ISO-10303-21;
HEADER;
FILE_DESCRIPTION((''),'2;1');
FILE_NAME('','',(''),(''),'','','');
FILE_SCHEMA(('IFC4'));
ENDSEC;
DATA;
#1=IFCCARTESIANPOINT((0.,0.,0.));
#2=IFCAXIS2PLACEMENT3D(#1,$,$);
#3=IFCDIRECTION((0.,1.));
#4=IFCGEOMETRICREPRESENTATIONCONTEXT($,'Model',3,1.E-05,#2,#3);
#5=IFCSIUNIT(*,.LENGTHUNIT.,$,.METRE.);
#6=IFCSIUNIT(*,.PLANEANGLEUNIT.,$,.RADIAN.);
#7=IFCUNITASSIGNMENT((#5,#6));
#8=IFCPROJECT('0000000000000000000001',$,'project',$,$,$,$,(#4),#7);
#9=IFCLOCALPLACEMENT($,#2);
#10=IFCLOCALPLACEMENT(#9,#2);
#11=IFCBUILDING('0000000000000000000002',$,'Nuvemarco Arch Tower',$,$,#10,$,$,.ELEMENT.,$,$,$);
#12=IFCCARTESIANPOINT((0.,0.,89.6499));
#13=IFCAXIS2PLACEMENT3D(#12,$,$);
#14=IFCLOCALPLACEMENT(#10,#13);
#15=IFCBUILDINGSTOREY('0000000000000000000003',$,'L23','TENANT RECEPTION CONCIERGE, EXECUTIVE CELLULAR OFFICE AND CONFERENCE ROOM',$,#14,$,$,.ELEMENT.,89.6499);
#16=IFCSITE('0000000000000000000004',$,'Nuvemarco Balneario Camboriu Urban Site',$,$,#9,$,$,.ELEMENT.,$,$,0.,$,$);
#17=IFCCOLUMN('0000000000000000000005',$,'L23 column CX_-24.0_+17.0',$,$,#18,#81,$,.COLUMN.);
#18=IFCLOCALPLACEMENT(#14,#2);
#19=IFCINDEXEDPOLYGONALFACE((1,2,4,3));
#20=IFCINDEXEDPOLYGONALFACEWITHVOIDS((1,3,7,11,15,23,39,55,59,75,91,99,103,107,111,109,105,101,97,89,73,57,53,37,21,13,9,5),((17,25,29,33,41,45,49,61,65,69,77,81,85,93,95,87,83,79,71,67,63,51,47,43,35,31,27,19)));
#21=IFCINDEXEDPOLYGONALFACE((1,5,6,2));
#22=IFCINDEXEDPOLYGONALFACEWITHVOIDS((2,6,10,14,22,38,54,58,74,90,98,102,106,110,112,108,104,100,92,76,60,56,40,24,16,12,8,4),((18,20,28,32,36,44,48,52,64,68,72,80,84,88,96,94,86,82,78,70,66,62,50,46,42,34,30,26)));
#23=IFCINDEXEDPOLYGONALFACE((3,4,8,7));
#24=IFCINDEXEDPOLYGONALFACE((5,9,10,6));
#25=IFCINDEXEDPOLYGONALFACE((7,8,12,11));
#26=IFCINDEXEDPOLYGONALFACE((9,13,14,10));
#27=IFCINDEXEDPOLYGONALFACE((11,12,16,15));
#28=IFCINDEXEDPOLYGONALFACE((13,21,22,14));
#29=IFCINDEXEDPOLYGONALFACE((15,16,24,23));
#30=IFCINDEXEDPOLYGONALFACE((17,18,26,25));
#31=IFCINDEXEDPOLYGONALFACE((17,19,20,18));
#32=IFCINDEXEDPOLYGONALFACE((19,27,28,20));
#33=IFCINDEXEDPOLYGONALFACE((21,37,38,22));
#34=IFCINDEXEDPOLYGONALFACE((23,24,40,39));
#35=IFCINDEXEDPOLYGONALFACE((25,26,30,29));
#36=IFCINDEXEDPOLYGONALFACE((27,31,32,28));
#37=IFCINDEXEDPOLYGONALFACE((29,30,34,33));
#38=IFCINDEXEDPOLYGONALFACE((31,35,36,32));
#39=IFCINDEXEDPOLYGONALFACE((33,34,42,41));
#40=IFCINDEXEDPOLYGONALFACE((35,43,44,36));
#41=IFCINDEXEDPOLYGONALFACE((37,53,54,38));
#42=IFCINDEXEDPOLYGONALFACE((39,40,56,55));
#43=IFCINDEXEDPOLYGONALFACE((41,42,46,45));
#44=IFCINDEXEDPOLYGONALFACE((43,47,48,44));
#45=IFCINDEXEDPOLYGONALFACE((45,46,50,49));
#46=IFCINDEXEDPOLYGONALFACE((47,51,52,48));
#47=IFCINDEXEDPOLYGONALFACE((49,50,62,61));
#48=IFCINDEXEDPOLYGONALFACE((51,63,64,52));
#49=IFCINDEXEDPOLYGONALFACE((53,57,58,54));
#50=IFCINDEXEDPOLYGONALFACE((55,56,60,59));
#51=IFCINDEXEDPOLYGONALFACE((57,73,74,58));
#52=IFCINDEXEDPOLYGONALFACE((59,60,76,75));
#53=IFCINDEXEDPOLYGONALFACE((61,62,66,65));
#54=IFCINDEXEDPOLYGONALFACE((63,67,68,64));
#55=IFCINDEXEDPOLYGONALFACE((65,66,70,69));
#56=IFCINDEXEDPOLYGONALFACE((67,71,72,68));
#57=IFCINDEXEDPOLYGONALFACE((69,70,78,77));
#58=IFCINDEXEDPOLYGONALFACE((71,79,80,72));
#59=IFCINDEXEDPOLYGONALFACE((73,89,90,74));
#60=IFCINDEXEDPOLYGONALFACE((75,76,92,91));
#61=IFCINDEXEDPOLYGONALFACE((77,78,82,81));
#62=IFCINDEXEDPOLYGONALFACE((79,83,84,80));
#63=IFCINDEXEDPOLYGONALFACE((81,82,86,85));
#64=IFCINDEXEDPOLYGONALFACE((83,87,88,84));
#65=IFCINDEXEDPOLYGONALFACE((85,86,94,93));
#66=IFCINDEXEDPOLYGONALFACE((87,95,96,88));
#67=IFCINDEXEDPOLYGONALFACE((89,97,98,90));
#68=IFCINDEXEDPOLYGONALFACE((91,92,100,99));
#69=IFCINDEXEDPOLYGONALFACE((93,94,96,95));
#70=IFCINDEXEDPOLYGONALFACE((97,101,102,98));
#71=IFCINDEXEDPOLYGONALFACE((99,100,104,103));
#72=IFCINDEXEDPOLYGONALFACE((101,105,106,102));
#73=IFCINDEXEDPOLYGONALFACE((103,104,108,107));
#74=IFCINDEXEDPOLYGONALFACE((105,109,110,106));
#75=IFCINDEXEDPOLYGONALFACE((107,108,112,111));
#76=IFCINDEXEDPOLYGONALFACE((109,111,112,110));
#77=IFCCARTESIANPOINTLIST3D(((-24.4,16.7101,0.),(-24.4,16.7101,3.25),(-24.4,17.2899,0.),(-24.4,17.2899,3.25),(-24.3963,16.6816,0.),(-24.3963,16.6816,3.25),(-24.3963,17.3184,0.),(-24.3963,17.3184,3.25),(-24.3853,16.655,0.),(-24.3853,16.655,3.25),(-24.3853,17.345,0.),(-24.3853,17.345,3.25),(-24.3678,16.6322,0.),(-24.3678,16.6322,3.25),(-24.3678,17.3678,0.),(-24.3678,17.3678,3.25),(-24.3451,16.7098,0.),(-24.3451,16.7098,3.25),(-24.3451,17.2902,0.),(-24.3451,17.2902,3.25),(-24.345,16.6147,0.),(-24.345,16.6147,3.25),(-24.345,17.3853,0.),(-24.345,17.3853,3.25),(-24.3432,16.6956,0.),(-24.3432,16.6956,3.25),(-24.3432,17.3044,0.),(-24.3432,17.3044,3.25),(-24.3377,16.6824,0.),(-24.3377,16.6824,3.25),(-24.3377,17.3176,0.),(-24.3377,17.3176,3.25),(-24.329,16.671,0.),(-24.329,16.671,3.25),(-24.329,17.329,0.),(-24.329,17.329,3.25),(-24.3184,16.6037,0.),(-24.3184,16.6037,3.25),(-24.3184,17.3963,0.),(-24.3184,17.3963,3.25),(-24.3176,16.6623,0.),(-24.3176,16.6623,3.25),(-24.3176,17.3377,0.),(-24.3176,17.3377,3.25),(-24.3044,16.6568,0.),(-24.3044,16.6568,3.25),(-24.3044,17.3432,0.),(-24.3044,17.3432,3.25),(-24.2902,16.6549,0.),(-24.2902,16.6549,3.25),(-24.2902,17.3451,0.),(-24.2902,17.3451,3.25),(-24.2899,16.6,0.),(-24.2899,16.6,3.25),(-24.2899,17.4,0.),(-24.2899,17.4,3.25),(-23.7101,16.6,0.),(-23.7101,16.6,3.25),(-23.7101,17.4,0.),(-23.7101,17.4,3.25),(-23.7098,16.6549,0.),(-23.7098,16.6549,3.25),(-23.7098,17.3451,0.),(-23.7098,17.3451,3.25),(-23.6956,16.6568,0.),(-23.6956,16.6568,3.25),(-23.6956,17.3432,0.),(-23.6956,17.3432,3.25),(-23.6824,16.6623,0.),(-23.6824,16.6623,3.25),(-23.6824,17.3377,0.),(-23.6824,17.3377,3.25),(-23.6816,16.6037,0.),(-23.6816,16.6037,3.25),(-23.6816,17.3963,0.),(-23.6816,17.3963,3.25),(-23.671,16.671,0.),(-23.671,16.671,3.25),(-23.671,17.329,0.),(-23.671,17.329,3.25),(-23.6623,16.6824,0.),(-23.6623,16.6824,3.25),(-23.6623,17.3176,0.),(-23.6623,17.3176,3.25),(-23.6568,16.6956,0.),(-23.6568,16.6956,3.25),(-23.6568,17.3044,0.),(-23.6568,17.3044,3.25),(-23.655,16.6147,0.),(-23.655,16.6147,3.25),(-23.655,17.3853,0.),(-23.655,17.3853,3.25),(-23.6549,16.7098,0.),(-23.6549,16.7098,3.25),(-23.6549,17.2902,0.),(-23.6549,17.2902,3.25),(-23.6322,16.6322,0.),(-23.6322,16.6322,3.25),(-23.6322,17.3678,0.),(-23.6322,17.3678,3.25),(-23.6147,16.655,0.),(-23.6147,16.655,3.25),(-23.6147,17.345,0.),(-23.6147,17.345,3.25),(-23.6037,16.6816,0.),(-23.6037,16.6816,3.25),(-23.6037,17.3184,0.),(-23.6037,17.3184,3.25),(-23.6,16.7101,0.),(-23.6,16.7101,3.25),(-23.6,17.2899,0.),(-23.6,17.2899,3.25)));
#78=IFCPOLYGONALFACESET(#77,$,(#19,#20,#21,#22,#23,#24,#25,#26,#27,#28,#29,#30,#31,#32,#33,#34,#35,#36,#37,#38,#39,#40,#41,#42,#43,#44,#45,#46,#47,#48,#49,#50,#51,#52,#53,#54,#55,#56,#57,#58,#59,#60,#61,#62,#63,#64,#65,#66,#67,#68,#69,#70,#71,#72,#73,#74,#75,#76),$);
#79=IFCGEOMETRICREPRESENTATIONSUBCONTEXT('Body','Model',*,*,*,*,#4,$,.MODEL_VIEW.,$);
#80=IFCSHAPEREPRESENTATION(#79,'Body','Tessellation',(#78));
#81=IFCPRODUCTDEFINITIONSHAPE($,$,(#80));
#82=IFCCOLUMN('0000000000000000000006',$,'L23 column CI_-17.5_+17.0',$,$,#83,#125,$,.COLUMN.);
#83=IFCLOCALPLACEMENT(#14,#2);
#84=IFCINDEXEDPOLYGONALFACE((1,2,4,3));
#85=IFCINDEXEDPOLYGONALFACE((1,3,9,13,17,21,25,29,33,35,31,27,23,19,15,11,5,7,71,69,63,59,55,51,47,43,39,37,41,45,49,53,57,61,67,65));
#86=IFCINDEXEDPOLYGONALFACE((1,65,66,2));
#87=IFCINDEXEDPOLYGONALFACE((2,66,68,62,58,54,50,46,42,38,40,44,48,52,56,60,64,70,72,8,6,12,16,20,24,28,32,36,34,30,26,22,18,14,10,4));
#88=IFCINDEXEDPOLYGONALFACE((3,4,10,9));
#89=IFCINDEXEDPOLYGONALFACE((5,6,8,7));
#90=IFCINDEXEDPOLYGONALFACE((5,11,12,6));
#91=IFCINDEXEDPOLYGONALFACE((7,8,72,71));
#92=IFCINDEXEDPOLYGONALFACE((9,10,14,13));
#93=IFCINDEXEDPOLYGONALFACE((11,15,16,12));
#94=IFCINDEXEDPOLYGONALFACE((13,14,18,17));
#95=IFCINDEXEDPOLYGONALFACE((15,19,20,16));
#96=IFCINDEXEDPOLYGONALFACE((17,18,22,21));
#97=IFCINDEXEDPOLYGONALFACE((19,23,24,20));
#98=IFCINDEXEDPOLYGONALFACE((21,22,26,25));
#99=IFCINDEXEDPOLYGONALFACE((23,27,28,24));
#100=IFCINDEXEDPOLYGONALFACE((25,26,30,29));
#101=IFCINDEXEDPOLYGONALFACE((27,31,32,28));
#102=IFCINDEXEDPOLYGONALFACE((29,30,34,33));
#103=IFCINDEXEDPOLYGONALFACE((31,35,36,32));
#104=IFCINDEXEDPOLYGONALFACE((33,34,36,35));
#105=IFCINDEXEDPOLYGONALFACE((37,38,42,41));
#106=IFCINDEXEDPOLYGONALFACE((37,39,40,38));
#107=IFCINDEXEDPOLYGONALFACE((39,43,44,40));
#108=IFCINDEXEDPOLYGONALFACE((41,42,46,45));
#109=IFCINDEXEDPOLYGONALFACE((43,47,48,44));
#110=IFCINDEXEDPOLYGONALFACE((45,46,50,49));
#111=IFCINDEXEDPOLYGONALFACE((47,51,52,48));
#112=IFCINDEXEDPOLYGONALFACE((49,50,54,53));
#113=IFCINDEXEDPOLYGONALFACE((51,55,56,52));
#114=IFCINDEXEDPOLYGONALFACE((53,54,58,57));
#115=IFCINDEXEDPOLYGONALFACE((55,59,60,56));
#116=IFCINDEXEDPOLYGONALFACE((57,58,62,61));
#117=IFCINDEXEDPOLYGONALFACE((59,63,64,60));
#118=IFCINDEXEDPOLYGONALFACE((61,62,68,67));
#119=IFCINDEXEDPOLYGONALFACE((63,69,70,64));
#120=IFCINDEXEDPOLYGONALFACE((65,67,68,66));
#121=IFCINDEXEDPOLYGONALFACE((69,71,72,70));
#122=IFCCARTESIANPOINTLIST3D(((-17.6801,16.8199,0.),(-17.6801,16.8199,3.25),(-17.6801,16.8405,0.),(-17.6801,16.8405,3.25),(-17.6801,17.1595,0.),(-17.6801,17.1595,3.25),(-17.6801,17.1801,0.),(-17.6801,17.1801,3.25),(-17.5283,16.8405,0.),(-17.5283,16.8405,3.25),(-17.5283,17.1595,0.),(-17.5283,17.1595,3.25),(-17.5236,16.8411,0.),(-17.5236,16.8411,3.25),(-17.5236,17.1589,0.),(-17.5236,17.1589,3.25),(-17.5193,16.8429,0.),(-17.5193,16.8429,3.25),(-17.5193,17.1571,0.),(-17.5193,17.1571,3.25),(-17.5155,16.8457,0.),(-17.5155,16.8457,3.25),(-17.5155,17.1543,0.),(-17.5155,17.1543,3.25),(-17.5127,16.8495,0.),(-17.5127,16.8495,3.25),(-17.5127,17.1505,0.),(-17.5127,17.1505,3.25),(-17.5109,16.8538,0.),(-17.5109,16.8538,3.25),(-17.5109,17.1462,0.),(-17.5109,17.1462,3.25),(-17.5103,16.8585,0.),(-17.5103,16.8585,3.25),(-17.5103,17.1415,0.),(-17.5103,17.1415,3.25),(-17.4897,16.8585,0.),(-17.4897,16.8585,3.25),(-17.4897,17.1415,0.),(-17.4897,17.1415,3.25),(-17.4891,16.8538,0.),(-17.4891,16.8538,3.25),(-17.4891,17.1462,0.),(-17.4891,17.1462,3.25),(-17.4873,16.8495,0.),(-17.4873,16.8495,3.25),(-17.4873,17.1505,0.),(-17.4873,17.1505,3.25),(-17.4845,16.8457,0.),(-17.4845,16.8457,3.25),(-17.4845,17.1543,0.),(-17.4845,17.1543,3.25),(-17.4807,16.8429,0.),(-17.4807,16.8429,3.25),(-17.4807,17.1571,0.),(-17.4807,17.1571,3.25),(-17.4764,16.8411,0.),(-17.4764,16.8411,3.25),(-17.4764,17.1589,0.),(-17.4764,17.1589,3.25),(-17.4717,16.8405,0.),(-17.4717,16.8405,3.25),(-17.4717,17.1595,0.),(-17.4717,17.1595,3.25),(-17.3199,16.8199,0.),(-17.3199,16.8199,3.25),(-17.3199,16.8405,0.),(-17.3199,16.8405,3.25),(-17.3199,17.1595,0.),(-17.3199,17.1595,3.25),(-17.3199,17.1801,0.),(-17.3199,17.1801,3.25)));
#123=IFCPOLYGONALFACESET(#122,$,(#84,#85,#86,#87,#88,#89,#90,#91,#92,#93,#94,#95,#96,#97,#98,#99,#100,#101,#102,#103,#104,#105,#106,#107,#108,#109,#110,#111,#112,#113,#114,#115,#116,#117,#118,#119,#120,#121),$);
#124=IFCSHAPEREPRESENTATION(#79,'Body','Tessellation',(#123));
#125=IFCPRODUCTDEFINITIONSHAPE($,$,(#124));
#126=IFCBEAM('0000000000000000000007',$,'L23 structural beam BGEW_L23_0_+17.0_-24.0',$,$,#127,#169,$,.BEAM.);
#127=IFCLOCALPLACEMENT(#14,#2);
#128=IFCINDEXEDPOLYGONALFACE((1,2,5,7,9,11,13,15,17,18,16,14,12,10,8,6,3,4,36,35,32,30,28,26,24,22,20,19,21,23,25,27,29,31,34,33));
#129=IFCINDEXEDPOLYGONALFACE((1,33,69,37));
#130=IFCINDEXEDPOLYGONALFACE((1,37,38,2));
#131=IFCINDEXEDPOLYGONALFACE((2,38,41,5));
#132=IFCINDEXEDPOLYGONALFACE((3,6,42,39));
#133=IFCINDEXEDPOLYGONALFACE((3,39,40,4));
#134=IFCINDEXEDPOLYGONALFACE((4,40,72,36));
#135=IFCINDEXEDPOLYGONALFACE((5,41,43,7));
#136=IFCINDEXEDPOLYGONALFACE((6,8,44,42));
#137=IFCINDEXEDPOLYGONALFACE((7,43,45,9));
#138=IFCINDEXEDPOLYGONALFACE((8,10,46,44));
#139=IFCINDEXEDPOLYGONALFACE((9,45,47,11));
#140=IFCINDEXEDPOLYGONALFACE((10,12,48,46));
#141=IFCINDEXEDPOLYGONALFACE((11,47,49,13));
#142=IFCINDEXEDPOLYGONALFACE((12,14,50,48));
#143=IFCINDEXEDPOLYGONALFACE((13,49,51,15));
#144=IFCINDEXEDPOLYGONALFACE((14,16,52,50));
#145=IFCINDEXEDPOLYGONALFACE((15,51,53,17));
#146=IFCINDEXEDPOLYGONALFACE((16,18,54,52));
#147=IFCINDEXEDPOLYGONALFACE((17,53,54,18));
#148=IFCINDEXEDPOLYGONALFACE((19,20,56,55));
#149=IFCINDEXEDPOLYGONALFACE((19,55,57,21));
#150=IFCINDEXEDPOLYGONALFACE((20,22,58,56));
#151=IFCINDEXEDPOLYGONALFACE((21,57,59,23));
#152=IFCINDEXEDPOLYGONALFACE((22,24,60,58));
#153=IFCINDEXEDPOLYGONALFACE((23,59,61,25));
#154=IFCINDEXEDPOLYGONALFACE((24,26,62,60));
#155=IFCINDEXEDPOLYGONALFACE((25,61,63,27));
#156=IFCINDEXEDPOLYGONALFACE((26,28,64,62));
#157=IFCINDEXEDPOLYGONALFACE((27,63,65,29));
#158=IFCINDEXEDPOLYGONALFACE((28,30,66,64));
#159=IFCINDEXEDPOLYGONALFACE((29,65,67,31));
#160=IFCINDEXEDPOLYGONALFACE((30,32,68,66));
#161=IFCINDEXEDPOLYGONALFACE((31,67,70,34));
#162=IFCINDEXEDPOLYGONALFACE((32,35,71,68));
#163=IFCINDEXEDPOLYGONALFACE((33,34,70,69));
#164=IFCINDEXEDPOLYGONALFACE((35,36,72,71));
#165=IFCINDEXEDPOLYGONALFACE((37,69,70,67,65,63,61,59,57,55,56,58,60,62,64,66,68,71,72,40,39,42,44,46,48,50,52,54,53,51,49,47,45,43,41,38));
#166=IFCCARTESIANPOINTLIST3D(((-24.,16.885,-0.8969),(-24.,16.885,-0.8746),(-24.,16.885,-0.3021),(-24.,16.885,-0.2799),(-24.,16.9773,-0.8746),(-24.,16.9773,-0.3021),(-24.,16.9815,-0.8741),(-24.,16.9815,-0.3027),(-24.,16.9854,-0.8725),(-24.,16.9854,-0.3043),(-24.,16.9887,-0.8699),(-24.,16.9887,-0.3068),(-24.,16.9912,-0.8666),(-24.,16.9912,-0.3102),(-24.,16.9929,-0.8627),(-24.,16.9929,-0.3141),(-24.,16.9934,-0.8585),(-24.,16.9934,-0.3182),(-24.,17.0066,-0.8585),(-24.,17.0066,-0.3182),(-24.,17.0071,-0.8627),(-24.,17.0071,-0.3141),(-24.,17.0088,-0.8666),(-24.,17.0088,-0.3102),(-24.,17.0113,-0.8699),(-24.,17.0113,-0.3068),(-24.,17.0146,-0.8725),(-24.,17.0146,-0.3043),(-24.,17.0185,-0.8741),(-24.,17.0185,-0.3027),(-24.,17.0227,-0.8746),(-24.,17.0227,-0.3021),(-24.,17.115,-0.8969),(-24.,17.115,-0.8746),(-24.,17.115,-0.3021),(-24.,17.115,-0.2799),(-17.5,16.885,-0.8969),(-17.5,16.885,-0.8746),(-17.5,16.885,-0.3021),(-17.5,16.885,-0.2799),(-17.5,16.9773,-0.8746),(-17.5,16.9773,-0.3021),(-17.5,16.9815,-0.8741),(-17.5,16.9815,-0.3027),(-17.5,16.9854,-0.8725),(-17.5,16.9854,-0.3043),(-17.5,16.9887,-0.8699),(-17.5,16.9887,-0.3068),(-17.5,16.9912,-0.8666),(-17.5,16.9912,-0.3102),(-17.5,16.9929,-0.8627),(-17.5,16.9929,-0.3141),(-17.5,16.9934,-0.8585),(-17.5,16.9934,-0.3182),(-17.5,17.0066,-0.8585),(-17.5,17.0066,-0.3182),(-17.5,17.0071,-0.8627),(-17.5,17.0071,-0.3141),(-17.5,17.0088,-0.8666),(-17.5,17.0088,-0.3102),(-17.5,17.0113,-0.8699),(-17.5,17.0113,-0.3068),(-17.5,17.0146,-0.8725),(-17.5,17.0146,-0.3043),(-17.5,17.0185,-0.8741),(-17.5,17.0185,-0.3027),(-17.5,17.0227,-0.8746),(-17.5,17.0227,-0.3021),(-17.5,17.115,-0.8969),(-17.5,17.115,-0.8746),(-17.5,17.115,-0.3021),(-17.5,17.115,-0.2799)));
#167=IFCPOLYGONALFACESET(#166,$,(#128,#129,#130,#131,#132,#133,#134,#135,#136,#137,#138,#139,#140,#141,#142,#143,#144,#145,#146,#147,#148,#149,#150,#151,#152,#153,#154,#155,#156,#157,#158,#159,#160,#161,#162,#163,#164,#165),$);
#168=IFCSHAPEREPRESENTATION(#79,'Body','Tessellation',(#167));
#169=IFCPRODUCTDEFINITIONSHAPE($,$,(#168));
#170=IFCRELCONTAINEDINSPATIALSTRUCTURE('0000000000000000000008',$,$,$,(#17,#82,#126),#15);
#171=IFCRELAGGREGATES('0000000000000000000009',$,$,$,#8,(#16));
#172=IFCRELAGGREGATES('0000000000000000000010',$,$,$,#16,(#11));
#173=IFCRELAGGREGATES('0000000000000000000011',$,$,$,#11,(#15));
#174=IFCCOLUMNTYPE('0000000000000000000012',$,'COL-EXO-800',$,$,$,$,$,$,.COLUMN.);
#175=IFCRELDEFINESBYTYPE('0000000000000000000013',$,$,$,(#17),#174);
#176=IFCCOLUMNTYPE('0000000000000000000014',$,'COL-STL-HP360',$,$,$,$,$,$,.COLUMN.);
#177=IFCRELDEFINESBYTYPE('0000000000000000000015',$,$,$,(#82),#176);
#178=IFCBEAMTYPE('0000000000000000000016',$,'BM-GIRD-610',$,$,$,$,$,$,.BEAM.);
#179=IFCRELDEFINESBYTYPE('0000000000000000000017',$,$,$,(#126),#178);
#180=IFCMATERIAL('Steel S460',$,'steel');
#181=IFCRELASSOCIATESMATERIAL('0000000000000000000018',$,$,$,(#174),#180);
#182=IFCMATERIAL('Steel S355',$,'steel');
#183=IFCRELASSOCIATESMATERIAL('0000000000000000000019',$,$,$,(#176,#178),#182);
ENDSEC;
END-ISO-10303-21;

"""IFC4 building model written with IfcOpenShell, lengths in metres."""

from ifc_helpers import new_model, si_unit, direction, frame, origin, origin_2d, place, context, subcontext, project, spatial, hollow_rectangle, i_section, extrude, material, material_profile, profile_set, type_object, element, save


model = new_model("IFC4")

# Units and contexts
model_context = context("Model", 3, precision=1e-05, world=origin(), true_north=direction((0.0, 1.0)))
body_context = subcontext(model_context, "Body", "Model", "MODEL_VIEW")
ifc_project = project(units=[si_unit("LENGTHUNIT", "METRE"), si_unit("PLANEANGLEUNIT", "RADIAN")], contexts=[model_context])

# Site, building, storey
site_placement = place(None, origin())
site = spatial("IfcSite", under=ifc_project, at=site_placement, Name="Nuvemarco Balneario Camboriu Urban Site", CompositionType="ELEMENT", RefElevation=0.0)
building_placement = place(site_placement, origin())
building = spatial("IfcBuilding", under=site, at=building_placement, Name="Nuvemarco Arch Tower", CompositionType="ELEMENT")
storey_placement = place(building_placement, frame((0.0, 0.0, 89.6499)))
storey = spatial("IfcBuildingStorey", under=building, at=storey_placement, Name="L23", Description="TENANT RECEPTION CONCIERGE, EXECUTIVE CELLULAR OFFICE AND CONFERENCE ROOM", CompositionType="ELEMENT", Elevation=89.6499)

# Columns
ifc_material_1 = material(Name="Steel S460", Category="steel")
ifc_material_profile_1 = material_profile(ifc_material_1, hollow_rectangle(XDim=0.8, YDim=0.8, WallThickness=0.0549, InnerFilletRadius=0.0549, OuterFilletRadius=0.1101, at=origin_2d()), Name="SHS800x800x55")
ifc_profile_set_1 = profile_set([ifc_material_profile_1], Name="Steel S460")
column_type_1 = type_object("IfcColumnType", Name="COL-EXO-800", PredefinedType="COLUMN", material=ifc_profile_set_1)
column_1_placement = place(storey_placement, frame((-24.0, 17.0, 0.0), z_axis=(0.0, 0.0, 1.0), x_axis=(1.0, 0.0, 0.0)))
element("IfcColumn", 1, at=column_1_placement, inside=storey, type_object=column_type_1, Name="L23 column CX_-24.0_+17.0", PredefinedType="COLUMN", context=body_context, shape_type="SweptSolid", body=[
    extrude(hollow_rectangle(XDim=0.8, YDim=0.8, WallThickness=0.0549, InnerFilletRadius=0.0549, OuterFilletRadius=0.1101, at=origin_2d()), origin(), (0.0, 0.0, 1.0), 3.25),
])
ifc_material_2 = material(Name="Steel S355", Category="steel")
ifc_material_profile_2 = material_profile(ifc_material_2, i_section(OverallWidth=0.3601, OverallDepth=0.3601, WebThickness=0.0205, FlangeThickness=0.0205, FilletRadius=0.0181, at=origin_2d()), Name="HP360x174")
ifc_profile_set_2 = profile_set([ifc_material_profile_2], Name="Steel S355")
column_type_2 = type_object("IfcColumnType", Name="COL-STL-HP360", PredefinedType="COLUMN", material=ifc_profile_set_2)
column_2_placement = place(storey_placement, frame((-17.5, 17.0, 0.0), z_axis=(0.0, 0.0, 1.0), x_axis=(1.0, 0.0, 0.0)))
element("IfcColumn", 2, at=column_2_placement, inside=storey, type_object=column_type_2, Name="L23 column CI_-17.5_+17.0", PredefinedType="COLUMN", context=body_context, shape_type="SweptSolid", body=[
    extrude(i_section(OverallWidth=0.3601, OverallDepth=0.3601, WebThickness=0.0205, FlangeThickness=0.0205, FilletRadius=0.0181, at=origin_2d()), origin(), (0.0, 0.0, 1.0), 3.25),
])

# Beam
ifc_material_profile_3 = material_profile(ifc_material_2, i_section(OverallWidth=0.23, OverallDepth=0.6169, WebThickness=0.0132, FlangeThickness=0.0222, FilletRadius=0.0161, at=origin_2d()), Name="W610x140")
ifc_profile_set_3 = profile_set([ifc_material_profile_3], Name="Steel S355")
beam_type = type_object("IfcBeamType", Name="BM-GIRD-610", PredefinedType="BEAM", material=ifc_profile_set_3)
beam_1_placement = place(storey_placement, frame((-24.0, 17.0, -0.5884), z_axis=(1.0, 0.0, 0.0), x_axis=(0.0, 1.0, 0.0)))
element("IfcBeam", 3, at=beam_1_placement, inside=storey, type_object=beam_type, Name="L23 structural beam BGEW_L23_0_+17.0_-24.0", PredefinedType="BEAM", context=body_context, shape_type="SweptSolid", body=[
    extrude(i_section(OverallWidth=0.23, OverallDepth=0.6169, WebThickness=0.0132, FlangeThickness=0.0222, FilletRadius=0.0161, at=origin_2d()), origin(), (0.0, 0.0, 1.0), 6.5),
])

save(model, "model.ifc")
